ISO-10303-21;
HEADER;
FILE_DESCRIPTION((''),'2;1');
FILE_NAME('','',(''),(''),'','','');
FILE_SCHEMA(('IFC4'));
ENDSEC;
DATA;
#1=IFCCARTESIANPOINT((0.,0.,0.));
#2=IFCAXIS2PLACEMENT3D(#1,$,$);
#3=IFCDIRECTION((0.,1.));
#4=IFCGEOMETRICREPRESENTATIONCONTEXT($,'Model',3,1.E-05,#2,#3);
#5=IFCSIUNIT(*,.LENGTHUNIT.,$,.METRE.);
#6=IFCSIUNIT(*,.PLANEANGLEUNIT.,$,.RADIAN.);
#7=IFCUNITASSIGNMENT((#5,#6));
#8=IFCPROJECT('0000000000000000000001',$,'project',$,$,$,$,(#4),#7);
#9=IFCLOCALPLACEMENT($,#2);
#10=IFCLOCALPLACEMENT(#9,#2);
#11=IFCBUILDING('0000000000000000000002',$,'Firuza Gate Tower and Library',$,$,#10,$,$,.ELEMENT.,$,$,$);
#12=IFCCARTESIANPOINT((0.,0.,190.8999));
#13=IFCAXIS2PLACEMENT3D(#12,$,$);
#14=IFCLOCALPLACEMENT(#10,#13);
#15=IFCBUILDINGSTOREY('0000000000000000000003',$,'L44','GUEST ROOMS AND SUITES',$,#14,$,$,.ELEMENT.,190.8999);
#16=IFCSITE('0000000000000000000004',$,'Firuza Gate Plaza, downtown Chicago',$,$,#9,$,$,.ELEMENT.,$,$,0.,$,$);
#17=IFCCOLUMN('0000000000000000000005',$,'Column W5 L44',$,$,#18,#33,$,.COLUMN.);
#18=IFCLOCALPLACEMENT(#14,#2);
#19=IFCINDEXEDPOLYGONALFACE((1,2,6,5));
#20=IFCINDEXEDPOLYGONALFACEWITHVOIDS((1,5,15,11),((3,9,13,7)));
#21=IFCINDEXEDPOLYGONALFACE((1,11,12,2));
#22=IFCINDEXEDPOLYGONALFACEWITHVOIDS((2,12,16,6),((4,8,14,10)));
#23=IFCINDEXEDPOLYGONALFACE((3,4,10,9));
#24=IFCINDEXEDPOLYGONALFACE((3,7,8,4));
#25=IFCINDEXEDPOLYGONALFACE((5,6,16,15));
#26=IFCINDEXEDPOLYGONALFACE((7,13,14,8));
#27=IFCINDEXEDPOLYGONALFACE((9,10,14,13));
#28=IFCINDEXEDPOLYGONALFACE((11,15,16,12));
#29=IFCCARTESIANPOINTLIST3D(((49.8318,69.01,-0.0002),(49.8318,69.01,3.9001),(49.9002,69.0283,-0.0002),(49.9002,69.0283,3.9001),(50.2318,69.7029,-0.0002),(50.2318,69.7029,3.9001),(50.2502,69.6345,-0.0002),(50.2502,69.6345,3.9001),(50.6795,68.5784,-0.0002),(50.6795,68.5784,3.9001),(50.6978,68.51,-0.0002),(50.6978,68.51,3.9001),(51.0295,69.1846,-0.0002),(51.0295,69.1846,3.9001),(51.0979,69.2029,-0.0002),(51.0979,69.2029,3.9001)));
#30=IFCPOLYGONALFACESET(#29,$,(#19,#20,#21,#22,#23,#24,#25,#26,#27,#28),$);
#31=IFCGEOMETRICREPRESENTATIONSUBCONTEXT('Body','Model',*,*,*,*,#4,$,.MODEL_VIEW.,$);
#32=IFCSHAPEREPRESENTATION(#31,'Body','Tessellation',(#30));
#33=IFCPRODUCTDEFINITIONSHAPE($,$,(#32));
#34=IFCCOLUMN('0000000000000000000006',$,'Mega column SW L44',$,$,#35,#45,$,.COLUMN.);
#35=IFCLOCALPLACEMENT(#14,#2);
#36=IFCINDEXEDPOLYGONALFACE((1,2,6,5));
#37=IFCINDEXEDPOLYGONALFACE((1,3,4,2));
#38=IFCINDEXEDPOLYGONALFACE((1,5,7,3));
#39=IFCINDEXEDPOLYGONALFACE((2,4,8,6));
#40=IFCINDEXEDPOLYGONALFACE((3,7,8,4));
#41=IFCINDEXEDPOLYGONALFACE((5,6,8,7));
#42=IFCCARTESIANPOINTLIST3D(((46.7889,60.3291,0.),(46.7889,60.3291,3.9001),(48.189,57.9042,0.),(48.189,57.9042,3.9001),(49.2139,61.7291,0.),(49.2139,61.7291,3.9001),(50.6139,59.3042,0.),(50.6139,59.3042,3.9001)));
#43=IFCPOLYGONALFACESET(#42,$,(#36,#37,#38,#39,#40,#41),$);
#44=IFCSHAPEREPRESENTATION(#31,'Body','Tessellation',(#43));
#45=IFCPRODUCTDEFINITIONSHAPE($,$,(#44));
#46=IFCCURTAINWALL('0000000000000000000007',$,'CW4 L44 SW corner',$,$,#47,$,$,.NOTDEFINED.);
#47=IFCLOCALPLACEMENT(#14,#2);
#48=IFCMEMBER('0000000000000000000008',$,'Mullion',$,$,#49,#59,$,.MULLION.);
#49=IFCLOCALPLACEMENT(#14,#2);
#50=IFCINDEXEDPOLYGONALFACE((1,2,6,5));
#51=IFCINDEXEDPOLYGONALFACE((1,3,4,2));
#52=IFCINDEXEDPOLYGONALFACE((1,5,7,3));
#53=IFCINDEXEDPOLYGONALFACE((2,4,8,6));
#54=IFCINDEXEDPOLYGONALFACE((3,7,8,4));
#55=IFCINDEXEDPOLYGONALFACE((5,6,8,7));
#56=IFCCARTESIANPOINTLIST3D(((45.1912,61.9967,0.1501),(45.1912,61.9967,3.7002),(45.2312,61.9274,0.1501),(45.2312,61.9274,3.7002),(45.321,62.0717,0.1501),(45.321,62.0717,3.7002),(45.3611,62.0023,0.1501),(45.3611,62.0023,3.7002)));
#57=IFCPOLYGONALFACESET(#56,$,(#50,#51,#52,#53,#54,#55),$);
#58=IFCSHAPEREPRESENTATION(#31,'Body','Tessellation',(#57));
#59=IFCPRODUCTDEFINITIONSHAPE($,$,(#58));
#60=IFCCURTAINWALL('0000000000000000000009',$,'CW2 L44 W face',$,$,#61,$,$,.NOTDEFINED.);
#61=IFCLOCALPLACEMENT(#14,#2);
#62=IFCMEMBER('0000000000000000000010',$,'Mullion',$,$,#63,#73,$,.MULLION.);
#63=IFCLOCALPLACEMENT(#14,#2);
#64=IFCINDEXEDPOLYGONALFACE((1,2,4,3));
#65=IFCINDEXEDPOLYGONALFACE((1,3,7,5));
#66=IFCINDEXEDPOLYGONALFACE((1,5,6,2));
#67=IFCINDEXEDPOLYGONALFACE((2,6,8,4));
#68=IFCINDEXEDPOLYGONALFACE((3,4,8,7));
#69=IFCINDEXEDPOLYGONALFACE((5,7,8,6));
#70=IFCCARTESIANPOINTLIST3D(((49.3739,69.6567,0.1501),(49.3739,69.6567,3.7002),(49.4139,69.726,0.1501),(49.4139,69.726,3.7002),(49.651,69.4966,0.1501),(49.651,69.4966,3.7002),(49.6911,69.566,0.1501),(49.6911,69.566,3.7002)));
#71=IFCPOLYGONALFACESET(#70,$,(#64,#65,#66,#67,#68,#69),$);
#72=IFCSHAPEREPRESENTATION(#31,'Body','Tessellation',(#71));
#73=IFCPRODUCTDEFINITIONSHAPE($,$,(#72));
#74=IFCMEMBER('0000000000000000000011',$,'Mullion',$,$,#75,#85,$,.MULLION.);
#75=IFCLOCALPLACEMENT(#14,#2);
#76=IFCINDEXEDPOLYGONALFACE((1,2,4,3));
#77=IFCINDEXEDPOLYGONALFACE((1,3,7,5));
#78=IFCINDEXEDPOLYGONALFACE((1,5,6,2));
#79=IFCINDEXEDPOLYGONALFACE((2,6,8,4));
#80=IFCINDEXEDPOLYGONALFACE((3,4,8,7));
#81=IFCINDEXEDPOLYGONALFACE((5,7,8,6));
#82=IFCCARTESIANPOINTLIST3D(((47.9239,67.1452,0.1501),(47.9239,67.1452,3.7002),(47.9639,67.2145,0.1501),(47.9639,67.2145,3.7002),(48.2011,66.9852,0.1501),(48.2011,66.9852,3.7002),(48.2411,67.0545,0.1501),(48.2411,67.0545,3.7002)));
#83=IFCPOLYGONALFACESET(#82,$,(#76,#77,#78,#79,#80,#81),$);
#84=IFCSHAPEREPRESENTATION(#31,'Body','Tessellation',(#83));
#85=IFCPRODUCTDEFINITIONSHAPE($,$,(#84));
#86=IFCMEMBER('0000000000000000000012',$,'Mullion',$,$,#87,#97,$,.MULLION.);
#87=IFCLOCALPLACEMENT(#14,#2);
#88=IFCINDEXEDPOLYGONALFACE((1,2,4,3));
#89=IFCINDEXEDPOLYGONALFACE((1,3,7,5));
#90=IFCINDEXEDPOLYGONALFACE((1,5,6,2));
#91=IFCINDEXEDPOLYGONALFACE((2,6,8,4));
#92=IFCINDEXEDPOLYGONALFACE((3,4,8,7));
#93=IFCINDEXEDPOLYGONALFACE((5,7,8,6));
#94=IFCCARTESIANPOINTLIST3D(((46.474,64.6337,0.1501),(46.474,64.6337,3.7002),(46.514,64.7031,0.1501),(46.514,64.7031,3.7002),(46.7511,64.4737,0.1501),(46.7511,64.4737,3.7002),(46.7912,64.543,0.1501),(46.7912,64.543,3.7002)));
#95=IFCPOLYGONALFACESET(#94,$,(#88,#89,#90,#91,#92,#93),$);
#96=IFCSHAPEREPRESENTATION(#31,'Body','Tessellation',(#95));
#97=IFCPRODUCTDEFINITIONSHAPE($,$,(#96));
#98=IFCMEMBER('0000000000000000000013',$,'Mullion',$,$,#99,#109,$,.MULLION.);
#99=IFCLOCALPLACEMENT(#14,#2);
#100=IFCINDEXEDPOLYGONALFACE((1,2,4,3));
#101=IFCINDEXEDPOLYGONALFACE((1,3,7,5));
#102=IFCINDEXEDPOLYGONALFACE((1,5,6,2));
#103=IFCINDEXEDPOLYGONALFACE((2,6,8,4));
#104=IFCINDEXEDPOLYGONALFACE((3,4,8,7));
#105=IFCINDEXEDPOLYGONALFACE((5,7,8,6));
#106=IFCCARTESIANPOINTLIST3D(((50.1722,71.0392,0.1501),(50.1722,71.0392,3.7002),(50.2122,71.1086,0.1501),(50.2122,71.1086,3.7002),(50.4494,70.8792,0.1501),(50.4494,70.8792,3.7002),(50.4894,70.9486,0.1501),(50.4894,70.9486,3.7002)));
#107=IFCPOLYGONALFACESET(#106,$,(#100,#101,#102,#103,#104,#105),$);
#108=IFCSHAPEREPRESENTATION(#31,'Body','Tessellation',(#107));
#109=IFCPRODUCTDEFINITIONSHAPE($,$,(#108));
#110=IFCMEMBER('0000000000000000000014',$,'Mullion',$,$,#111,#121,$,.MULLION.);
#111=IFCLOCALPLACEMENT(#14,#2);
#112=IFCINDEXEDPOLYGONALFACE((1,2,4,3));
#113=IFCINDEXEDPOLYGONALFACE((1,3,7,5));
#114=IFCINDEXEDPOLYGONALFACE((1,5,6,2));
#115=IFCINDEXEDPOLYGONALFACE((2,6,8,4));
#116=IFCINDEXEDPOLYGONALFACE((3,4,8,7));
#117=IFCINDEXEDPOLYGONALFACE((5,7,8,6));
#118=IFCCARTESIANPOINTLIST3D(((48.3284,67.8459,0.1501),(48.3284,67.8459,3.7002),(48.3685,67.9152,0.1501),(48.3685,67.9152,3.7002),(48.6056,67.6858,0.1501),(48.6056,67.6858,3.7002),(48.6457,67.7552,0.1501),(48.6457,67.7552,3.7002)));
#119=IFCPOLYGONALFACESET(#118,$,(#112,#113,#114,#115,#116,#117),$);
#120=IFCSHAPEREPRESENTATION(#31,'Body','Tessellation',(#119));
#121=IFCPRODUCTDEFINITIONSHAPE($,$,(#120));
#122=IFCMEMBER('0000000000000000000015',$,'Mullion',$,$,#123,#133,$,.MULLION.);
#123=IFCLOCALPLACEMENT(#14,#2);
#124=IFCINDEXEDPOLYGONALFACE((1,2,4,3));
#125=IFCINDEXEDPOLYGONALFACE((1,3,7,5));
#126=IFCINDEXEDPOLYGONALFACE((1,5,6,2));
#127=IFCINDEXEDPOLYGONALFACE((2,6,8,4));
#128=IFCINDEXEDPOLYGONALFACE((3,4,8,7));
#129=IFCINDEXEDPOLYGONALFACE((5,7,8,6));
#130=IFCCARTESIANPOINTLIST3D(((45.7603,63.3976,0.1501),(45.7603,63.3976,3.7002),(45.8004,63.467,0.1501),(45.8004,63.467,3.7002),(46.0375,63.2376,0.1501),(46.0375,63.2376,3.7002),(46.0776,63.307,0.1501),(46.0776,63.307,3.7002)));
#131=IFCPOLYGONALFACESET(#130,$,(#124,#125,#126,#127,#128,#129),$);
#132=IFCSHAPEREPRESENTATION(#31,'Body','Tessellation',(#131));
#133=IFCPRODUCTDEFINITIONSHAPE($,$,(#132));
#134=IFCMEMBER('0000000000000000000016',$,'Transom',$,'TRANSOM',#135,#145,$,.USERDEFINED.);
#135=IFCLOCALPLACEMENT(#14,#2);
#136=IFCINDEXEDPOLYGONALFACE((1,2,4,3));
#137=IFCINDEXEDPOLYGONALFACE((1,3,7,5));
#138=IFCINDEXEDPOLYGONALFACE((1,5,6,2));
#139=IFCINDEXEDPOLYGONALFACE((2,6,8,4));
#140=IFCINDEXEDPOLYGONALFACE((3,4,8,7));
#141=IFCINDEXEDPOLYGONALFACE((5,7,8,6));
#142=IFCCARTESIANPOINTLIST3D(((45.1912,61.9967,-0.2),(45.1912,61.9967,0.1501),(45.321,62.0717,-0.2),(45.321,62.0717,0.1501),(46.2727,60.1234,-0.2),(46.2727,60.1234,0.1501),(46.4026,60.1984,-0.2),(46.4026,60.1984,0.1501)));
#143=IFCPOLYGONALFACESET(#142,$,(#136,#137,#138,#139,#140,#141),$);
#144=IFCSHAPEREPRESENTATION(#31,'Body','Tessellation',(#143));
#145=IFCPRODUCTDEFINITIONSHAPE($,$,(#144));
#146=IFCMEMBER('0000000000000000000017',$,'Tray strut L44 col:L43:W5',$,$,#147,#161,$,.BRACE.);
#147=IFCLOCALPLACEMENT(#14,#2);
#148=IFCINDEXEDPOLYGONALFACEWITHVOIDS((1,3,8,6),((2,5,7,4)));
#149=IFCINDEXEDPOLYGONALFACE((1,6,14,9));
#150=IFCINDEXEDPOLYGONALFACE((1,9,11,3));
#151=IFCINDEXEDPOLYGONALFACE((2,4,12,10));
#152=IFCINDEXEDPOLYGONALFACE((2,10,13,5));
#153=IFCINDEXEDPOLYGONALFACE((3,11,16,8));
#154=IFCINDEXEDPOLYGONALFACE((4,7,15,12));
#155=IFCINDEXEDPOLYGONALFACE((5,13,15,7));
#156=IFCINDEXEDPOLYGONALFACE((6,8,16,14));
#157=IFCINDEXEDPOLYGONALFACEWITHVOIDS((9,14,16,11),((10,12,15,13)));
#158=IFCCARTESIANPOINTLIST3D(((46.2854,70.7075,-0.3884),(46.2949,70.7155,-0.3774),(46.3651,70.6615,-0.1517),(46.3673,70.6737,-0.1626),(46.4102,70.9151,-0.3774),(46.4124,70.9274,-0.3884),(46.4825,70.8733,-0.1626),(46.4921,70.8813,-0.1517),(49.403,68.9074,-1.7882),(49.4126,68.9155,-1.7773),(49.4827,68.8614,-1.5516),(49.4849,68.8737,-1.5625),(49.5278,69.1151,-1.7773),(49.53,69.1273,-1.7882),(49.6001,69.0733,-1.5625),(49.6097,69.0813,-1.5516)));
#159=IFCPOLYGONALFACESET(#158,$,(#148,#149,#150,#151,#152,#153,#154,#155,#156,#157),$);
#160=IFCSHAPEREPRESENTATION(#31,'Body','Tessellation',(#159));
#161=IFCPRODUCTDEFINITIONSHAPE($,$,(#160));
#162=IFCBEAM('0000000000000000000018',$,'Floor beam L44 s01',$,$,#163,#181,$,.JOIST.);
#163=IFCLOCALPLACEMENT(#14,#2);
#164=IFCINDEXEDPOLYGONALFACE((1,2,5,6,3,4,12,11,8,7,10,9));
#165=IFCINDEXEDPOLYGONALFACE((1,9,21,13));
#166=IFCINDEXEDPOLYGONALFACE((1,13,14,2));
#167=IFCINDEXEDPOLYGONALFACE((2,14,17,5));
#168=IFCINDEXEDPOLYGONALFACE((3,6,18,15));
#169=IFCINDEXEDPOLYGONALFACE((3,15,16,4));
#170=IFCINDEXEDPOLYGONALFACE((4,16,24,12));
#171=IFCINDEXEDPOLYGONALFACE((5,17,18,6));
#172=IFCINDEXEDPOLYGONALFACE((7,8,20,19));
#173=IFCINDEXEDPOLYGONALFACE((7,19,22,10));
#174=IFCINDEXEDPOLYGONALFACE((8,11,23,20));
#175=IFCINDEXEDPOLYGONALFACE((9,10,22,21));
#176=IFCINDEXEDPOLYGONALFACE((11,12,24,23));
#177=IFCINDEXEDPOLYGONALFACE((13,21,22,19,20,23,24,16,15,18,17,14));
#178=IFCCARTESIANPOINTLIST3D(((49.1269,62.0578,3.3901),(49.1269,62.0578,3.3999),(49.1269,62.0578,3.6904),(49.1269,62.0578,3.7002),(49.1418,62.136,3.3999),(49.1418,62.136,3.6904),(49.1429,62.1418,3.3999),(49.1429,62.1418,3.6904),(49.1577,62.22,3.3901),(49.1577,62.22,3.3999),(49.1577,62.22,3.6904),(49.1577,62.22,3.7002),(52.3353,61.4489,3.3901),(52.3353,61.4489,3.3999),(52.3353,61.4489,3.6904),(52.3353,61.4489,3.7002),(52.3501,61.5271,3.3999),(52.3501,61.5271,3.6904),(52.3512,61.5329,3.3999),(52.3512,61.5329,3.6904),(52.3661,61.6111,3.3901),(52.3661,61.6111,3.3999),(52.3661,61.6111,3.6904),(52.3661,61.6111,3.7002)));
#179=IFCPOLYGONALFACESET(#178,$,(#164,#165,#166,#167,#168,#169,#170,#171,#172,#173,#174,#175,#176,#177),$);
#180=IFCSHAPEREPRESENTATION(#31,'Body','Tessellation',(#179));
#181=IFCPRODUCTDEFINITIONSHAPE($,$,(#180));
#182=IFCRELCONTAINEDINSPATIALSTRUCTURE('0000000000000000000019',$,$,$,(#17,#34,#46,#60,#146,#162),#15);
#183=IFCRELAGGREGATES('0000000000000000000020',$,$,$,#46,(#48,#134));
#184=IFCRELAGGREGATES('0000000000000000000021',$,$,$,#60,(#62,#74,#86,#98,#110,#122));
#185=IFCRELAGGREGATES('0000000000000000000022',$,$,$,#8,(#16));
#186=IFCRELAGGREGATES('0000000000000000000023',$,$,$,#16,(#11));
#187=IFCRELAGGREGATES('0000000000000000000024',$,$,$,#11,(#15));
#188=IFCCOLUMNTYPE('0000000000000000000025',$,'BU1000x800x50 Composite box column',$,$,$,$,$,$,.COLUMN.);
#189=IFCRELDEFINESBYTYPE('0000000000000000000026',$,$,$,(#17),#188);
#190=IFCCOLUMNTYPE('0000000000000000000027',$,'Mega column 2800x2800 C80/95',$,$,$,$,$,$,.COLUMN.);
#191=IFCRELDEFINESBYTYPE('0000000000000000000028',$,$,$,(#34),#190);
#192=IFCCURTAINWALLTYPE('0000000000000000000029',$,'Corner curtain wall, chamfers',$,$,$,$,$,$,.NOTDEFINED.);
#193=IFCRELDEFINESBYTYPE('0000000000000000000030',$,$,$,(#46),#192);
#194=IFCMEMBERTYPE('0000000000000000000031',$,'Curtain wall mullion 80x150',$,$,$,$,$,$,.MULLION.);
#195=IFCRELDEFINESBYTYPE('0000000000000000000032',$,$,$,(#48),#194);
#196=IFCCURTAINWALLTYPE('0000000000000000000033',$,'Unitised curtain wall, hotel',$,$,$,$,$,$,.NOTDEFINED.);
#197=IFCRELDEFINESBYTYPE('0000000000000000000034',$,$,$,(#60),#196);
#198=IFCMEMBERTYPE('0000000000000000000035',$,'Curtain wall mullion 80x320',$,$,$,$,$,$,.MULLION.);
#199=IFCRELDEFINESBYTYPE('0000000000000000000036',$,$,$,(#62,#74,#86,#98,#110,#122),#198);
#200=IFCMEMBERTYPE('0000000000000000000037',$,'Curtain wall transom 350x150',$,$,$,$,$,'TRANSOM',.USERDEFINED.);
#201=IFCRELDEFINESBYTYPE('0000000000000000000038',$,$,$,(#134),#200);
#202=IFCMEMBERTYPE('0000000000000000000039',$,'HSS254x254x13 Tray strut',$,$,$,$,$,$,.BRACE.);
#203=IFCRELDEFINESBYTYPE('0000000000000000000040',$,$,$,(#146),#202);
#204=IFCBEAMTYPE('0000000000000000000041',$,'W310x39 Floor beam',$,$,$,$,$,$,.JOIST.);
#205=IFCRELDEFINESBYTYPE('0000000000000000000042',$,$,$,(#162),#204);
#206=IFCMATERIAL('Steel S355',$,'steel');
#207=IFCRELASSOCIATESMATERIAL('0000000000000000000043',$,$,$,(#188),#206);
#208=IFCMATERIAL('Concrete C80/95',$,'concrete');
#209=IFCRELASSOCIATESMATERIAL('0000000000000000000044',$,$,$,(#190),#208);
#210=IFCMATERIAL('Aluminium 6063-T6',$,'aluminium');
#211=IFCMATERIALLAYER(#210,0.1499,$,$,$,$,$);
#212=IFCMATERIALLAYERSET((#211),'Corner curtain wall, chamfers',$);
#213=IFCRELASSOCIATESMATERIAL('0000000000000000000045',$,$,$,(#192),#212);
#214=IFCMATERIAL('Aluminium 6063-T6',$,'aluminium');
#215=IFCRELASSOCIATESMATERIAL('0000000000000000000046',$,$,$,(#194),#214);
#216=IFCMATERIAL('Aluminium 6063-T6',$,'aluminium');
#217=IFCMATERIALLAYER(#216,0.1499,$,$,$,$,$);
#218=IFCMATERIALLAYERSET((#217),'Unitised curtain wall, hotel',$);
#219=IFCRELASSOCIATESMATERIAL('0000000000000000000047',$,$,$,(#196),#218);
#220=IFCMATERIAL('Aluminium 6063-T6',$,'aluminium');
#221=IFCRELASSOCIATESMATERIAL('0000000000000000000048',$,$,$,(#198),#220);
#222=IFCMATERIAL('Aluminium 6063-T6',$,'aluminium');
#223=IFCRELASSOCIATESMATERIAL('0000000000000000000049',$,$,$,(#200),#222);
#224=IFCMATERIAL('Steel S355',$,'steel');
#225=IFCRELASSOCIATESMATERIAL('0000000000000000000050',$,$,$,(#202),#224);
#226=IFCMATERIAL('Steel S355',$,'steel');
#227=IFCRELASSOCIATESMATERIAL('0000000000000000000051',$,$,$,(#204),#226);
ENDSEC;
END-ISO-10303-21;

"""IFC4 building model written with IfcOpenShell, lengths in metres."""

from ifc_helpers import new_model, si_unit, direction, frame, origin, origin_2d, place, context, subcontext, project, spatial, rectangle, hollow_rectangle, i_section, extrude, material, layer, layer_set, material_profile, profile_set, type_object, element, aggregate, save


model = new_model("IFC4")

# Units and contexts
model_context = context("Model", 3, precision=1e-05, world=origin(), true_north=direction((0.0, 1.0)))
body_context = subcontext(model_context, "Body", "Model", "MODEL_VIEW")
ifc_project = project(units=[si_unit("LENGTHUNIT", "METRE"), si_unit("PLANEANGLEUNIT", "RADIAN")], contexts=[model_context])

# Site, building, storey
site_placement = place(None, origin())
site = spatial("IfcSite", under=ifc_project, at=site_placement, Name="Firuza Gate Plaza, downtown Chicago", CompositionType="ELEMENT", RefElevation=0.0)
building_placement = place(site_placement, origin())
building = spatial("IfcBuilding", under=site, at=building_placement, Name="Firuza Gate Tower and Library", CompositionType="ELEMENT")
storey_placement = place(building_placement, frame((0.0, 0.0, 190.8999)))
storey = spatial("IfcBuildingStorey", under=building, at=storey_placement, Name="L44", Description="GUEST ROOMS AND SUITES", CompositionType="ELEMENT", Elevation=190.8999)

# Columns
ifc_material_1 = material(Name="Steel S355", Category="steel")
ifc_material_profile_1 = material_profile(ifc_material_1, hollow_rectangle(XDim=0.8, YDim=1.0, WallThickness=0.05, at=origin_2d()))
ifc_profile_set_1 = profile_set([ifc_material_profile_1], Name="Steel S355")
column_type_1 = type_object("IfcColumnType", Name="BU1000x800x50 Composite box column", PredefinedType="COLUMN", material=ifc_profile_set_1)
column_1_placement = place(storey_placement, frame((50.4648, 69.1064, -0.0002), z_axis=(0.0, 0.0, 1.0), x_axis=(-0.5, -0.866025, 0.0)))
element("IfcColumn", 1, at=column_1_placement, inside=storey, type_object=column_type_1, Name="Column W5 L44", PredefinedType="COLUMN", context=body_context, shape_type="SweptSolid", body=[
    extrude(hollow_rectangle(XDim=0.8, YDim=1.0, WallThickness=0.05, at=origin_2d()), origin(), (0.0, 0.0, 1.0), 3.9004),
])
ifc_material_2 = material(Name="Concrete C80/95", Category="concrete")
ifc_material_profile_2 = material_profile(ifc_material_2, rectangle(XDim=2.8, YDim=2.8, at=origin_2d()))
ifc_profile_set_2 = profile_set([ifc_material_profile_2], Name="Concrete C80/95")
column_type_2 = type_object("IfcColumnType", Name="Mega column 2800x2800 C80/95", PredefinedType="COLUMN", material=ifc_profile_set_2)
column_2_placement = place(storey_placement, frame((48.7014, 59.8167, 0.0), z_axis=(0.0, 0.0, 1.0), x_axis=(0.5, -0.866025, 0.0)))
element("IfcColumn", 2, at=column_2_placement, inside=storey, type_object=column_type_2, Name="Mega column SW L44", PredefinedType="COLUMN", context=body_context, shape_type="SweptSolid", body=[
    extrude(rectangle(XDim=2.8, YDim=2.8, at=origin_2d()), origin(), (0.0, 0.0, 1.0), 3.9001),
])

# Curtain wall, member
ifc_material_3 = material(Name="Aluminium 6063-T6", Category="aluminium")
ifc_layer_1 = layer(ifc_material_3, 0.1499)
ifc_layer_set_1 = layer_set([ifc_layer_1], Name="Corner curtain wall, chamfers")
curtain_wall_type_1 = type_object("IfcCurtainWallType", Name="Corner curtain wall, chamfers", PredefinedType="NOTDEFINED", material=ifc_layer_set_1)
placement = place(storey_placement, origin())
curtain_wall_1 = element("IfcCurtainWall", 3, at=placement, inside=storey, type_object=curtain_wall_type_1, Name="CW4 L44 SW corner", PredefinedType="NOTDEFINED")
ifc_material_4 = material(Name="Aluminium 6063-T6", Category="aluminium")
ifc_material_profile_3 = material_profile(ifc_material_4, rectangle(XDim=0.1499, YDim=0.0801, at=origin_2d()))
ifc_profile_set_3 = profile_set([ifc_material_profile_3], Name="Aluminium 6063-T6")
member_type_1 = type_object("IfcMemberType", Name="Curtain wall mullion 80x150", PredefinedType="MULLION", material=ifc_profile_set_3)
member_1_placement = place(storey_placement, frame((45.2761, 61.9995, 0.1501), z_axis=(0.0, 0.0, 1.0), x_axis=(0.866025, 0.5, 0.0)))
member_1 = element("IfcMember", 4, at=member_1_placement, type_object=member_type_1, Name="Mullion", PredefinedType="MULLION", context=body_context, shape_type="SweptSolid", body=[
    extrude(rectangle(XDim=0.1499, YDim=0.0801, at=origin_2d()), origin(), (0.0, 0.0, 1.0), 3.55),
])

# Curtain wall, members
ifc_material_5 = material(Name="Aluminium 6063-T6", Category="aluminium")
ifc_layer_2 = layer(ifc_material_5, 0.1499)
ifc_layer_set_2 = layer_set([ifc_layer_2], Name="Unitised curtain wall, hotel")
curtain_wall_type_2 = type_object("IfcCurtainWallType", Name="Unitised curtain wall, hotel", PredefinedType="NOTDEFINED", material=ifc_layer_set_2)
curtain_wall_2 = element("IfcCurtainWall", 5, at=placement, inside=storey, type_object=curtain_wall_type_2, Name="CW2 L44 W face", PredefinedType="NOTDEFINED")
ifc_material_6 = material(Name="Aluminium 6063-T6", Category="aluminium")
ifc_material_profile_4 = material_profile(ifc_material_6, rectangle(XDim=0.3201, YDim=0.0801, at=origin_2d()))
ifc_profile_set_4 = profile_set([ifc_material_profile_4], Name="Aluminium 6063-T6")
member_type_2 = type_object("IfcMemberType", Name="Curtain wall mullion 80x320", PredefinedType="MULLION", material=ifc_profile_set_4)
member_2_placement = place(storey_placement, frame((49.5325, 69.6113, 0.1501), z_axis=(0.0, 0.0, 1.0), x_axis=(0.866025, -0.5, 0.0)))
member_2 = element("IfcMember", 6, at=member_2_placement, type_object=member_type_2, Name="Mullion", PredefinedType="MULLION", context=body_context, shape_type="SweptSolid", body=[
    extrude(rectangle(XDim=0.3201, YDim=0.0801, at=origin_2d()), origin(), (0.0, 0.0, 1.0), 3.55),
])
member_3_placement = place(storey_placement, frame((48.0825, 67.0999, 0.1501), z_axis=(0.0, 0.0, 1.0), x_axis=(0.866025, -0.5, 0.0)))
member_3 = element("IfcMember", 7, at=member_3_placement, type_object=member_type_2, Name="Mullion", PredefinedType="MULLION", context=body_context, shape_type="SweptSolid", body=[
    extrude(rectangle(XDim=0.3201, YDim=0.0801, at=origin_2d()), origin(), (0.0, 0.0, 1.0), 3.55),
])
member_4_placement = place(storey_placement, frame((46.6326, 64.5884, 0.1501), z_axis=(0.0, 0.0, 1.0), x_axis=(0.866025, -0.5, 0.0)))
member_4 = element("IfcMember", 8, at=member_4_placement, type_object=member_type_2, Name="Mullion", PredefinedType="MULLION", context=body_context, shape_type="SweptSolid", body=[
    extrude(rectangle(XDim=0.3201, YDim=0.0801, at=origin_2d()), origin(), (0.0, 0.0, 1.0), 3.55),
])
member_5_placement = place(storey_placement, frame((50.3308, 70.9939, 0.1501), z_axis=(0.0, 0.0, 1.0), x_axis=(0.866025, -0.5, 0.0)))
member_5 = element("IfcMember", 9, at=member_5_placement, type_object=member_type_2, Name="Mullion", PredefinedType="MULLION", context=body_context, shape_type="SweptSolid", body=[
    extrude(rectangle(XDim=0.3201, YDim=0.0801, at=origin_2d()), origin(), (0.0, 0.0, 1.0), 3.55),
])
member_6_placement = place(storey_placement, frame((48.4871, 67.8005, 0.1501), z_axis=(0.0, 0.0, 1.0), x_axis=(0.866025, -0.5, 0.0)))
member_6 = element("IfcMember", 10, at=member_6_placement, type_object=member_type_2, Name="Mullion", PredefinedType="MULLION", context=body_context, shape_type="SweptSolid", body=[
    extrude(rectangle(XDim=0.3201, YDim=0.0801, at=origin_2d()), origin(), (0.0, 0.0, 1.0), 3.55),
])
member_7_placement = place(storey_placement, frame((45.9189, 63.3523, 0.1501), z_axis=(0.0, 0.0, 1.0), x_axis=(0.866025, -0.5, 0.0)))
member_7 = element("IfcMember", 11, at=member_7_placement, type_object=member_type_2, Name="Mullion", PredefinedType="MULLION", context=body_context, shape_type="SweptSolid", body=[
    extrude(rectangle(XDim=0.3201, YDim=0.0801, at=origin_2d()), origin(), (0.0, 0.0, 1.0), 3.55),
])

# Members
ifc_material_7 = material(Name="Aluminium 6063-T6", Category="aluminium")
ifc_material_profile_5 = material_profile(ifc_material_7, rectangle(XDim=0.1499, YDim=0.3501, at=origin_2d()))
ifc_profile_set_5 = profile_set([ifc_material_profile_5], Name="Aluminium 6063-T6")
member_type_3 = type_object("IfcMemberType", Name="Curtain wall transom 350x150", ElementType="TRANSOM", PredefinedType="USERDEFINED", material=ifc_profile_set_5)
member_8_placement = place(storey_placement, frame((45.2561, 62.0342, -0.0249), z_axis=(0.499999, -0.866026, 0.0), x_axis=(0.866026, 0.499999, 0.0)))
member_8 = element("IfcMember", 12, at=member_8_placement, type_object=member_type_3, Name="Transom", ObjectType="TRANSOM", PredefinedType="USERDEFINED", context=body_context, shape_type="SweptSolid", body=[
    extrude(rectangle(XDim=0.1499, YDim=0.3501, at=origin_2d()), origin(), (0.0, 0.0, 1.0), 2.1631),
])
ifc_material_8 = material(Name="Steel S355", Category="steel")
ifc_material_profile_6 = material_profile(ifc_material_8, hollow_rectangle(XDim=0.2539, YDim=0.2539, WallThickness=0.0117, at=origin_2d()))
ifc_profile_set_6 = profile_set([ifc_material_profile_6], Name="Steel S355")
member_type_4 = type_object("IfcMemberType", Name="HSS254x254x13 Tray strut", PredefinedType="BRACE", material=ifc_profile_set_6)
member_9_placement = place(storey_placement, frame((49.5063, 68.9944, -1.6699), z_axis=(-0.807141, 0.466018, 0.362423), x_axis=(-0.500012, -0.866018, 0.0)))
element("IfcMember", 13, at=member_9_placement, inside=storey, type_object=member_type_4, Name="Tray strut L44 col:L43:W5", PredefinedType="BRACE", context=body_context, shape_type="SweptSolid", body=[
    extrude(hollow_rectangle(XDim=0.2539, YDim=0.2539, WallThickness=0.0117, at=origin_2d()), origin(), (0.0, 0.0, 1.0), 3.8625),
])

# Beam
ifc_material_9 = material(Name="Steel S355", Category="steel")
ifc_material_profile_7 = material_profile(ifc_material_9, i_section(OverallWidth=0.165, OverallDepth=0.3101, WebThickness=0.0059, FlangeThickness=0.0098, at=origin_2d()))
ifc_profile_set_7 = profile_set([ifc_material_profile_7], Name="Steel S355")
beam_type_1 = type_object("IfcBeamType", Name="W310x39 Floor beam", PredefinedType="JOIST", material=ifc_profile_set_7)
beam_1_placement = place(storey_placement, frame((49.1423, 62.1389, 3.5452), z_axis=(0.982463, -0.186459, 0.0), x_axis=(0.186459, 0.982463, 0.0)))
element("IfcBeam", 14, at=beam_1_placement, inside=storey, type_object=beam_type_1, Name="Floor beam L44 s01", PredefinedType="JOIST", context=body_context, shape_type="SweptSolid", body=[
    extrude(i_section(OverallWidth=0.165, OverallDepth=0.3101, WebThickness=0.0059, FlangeThickness=0.0098, at=origin_2d()), origin(), (0.0, 0.0, 1.0), 3.2656),
])

aggregate(curtain_wall_1, [member_1, member_8])
aggregate(curtain_wall_2, [member_2, member_3, member_4, member_5, member_6, member_7])

save(model, "model.ifc")
